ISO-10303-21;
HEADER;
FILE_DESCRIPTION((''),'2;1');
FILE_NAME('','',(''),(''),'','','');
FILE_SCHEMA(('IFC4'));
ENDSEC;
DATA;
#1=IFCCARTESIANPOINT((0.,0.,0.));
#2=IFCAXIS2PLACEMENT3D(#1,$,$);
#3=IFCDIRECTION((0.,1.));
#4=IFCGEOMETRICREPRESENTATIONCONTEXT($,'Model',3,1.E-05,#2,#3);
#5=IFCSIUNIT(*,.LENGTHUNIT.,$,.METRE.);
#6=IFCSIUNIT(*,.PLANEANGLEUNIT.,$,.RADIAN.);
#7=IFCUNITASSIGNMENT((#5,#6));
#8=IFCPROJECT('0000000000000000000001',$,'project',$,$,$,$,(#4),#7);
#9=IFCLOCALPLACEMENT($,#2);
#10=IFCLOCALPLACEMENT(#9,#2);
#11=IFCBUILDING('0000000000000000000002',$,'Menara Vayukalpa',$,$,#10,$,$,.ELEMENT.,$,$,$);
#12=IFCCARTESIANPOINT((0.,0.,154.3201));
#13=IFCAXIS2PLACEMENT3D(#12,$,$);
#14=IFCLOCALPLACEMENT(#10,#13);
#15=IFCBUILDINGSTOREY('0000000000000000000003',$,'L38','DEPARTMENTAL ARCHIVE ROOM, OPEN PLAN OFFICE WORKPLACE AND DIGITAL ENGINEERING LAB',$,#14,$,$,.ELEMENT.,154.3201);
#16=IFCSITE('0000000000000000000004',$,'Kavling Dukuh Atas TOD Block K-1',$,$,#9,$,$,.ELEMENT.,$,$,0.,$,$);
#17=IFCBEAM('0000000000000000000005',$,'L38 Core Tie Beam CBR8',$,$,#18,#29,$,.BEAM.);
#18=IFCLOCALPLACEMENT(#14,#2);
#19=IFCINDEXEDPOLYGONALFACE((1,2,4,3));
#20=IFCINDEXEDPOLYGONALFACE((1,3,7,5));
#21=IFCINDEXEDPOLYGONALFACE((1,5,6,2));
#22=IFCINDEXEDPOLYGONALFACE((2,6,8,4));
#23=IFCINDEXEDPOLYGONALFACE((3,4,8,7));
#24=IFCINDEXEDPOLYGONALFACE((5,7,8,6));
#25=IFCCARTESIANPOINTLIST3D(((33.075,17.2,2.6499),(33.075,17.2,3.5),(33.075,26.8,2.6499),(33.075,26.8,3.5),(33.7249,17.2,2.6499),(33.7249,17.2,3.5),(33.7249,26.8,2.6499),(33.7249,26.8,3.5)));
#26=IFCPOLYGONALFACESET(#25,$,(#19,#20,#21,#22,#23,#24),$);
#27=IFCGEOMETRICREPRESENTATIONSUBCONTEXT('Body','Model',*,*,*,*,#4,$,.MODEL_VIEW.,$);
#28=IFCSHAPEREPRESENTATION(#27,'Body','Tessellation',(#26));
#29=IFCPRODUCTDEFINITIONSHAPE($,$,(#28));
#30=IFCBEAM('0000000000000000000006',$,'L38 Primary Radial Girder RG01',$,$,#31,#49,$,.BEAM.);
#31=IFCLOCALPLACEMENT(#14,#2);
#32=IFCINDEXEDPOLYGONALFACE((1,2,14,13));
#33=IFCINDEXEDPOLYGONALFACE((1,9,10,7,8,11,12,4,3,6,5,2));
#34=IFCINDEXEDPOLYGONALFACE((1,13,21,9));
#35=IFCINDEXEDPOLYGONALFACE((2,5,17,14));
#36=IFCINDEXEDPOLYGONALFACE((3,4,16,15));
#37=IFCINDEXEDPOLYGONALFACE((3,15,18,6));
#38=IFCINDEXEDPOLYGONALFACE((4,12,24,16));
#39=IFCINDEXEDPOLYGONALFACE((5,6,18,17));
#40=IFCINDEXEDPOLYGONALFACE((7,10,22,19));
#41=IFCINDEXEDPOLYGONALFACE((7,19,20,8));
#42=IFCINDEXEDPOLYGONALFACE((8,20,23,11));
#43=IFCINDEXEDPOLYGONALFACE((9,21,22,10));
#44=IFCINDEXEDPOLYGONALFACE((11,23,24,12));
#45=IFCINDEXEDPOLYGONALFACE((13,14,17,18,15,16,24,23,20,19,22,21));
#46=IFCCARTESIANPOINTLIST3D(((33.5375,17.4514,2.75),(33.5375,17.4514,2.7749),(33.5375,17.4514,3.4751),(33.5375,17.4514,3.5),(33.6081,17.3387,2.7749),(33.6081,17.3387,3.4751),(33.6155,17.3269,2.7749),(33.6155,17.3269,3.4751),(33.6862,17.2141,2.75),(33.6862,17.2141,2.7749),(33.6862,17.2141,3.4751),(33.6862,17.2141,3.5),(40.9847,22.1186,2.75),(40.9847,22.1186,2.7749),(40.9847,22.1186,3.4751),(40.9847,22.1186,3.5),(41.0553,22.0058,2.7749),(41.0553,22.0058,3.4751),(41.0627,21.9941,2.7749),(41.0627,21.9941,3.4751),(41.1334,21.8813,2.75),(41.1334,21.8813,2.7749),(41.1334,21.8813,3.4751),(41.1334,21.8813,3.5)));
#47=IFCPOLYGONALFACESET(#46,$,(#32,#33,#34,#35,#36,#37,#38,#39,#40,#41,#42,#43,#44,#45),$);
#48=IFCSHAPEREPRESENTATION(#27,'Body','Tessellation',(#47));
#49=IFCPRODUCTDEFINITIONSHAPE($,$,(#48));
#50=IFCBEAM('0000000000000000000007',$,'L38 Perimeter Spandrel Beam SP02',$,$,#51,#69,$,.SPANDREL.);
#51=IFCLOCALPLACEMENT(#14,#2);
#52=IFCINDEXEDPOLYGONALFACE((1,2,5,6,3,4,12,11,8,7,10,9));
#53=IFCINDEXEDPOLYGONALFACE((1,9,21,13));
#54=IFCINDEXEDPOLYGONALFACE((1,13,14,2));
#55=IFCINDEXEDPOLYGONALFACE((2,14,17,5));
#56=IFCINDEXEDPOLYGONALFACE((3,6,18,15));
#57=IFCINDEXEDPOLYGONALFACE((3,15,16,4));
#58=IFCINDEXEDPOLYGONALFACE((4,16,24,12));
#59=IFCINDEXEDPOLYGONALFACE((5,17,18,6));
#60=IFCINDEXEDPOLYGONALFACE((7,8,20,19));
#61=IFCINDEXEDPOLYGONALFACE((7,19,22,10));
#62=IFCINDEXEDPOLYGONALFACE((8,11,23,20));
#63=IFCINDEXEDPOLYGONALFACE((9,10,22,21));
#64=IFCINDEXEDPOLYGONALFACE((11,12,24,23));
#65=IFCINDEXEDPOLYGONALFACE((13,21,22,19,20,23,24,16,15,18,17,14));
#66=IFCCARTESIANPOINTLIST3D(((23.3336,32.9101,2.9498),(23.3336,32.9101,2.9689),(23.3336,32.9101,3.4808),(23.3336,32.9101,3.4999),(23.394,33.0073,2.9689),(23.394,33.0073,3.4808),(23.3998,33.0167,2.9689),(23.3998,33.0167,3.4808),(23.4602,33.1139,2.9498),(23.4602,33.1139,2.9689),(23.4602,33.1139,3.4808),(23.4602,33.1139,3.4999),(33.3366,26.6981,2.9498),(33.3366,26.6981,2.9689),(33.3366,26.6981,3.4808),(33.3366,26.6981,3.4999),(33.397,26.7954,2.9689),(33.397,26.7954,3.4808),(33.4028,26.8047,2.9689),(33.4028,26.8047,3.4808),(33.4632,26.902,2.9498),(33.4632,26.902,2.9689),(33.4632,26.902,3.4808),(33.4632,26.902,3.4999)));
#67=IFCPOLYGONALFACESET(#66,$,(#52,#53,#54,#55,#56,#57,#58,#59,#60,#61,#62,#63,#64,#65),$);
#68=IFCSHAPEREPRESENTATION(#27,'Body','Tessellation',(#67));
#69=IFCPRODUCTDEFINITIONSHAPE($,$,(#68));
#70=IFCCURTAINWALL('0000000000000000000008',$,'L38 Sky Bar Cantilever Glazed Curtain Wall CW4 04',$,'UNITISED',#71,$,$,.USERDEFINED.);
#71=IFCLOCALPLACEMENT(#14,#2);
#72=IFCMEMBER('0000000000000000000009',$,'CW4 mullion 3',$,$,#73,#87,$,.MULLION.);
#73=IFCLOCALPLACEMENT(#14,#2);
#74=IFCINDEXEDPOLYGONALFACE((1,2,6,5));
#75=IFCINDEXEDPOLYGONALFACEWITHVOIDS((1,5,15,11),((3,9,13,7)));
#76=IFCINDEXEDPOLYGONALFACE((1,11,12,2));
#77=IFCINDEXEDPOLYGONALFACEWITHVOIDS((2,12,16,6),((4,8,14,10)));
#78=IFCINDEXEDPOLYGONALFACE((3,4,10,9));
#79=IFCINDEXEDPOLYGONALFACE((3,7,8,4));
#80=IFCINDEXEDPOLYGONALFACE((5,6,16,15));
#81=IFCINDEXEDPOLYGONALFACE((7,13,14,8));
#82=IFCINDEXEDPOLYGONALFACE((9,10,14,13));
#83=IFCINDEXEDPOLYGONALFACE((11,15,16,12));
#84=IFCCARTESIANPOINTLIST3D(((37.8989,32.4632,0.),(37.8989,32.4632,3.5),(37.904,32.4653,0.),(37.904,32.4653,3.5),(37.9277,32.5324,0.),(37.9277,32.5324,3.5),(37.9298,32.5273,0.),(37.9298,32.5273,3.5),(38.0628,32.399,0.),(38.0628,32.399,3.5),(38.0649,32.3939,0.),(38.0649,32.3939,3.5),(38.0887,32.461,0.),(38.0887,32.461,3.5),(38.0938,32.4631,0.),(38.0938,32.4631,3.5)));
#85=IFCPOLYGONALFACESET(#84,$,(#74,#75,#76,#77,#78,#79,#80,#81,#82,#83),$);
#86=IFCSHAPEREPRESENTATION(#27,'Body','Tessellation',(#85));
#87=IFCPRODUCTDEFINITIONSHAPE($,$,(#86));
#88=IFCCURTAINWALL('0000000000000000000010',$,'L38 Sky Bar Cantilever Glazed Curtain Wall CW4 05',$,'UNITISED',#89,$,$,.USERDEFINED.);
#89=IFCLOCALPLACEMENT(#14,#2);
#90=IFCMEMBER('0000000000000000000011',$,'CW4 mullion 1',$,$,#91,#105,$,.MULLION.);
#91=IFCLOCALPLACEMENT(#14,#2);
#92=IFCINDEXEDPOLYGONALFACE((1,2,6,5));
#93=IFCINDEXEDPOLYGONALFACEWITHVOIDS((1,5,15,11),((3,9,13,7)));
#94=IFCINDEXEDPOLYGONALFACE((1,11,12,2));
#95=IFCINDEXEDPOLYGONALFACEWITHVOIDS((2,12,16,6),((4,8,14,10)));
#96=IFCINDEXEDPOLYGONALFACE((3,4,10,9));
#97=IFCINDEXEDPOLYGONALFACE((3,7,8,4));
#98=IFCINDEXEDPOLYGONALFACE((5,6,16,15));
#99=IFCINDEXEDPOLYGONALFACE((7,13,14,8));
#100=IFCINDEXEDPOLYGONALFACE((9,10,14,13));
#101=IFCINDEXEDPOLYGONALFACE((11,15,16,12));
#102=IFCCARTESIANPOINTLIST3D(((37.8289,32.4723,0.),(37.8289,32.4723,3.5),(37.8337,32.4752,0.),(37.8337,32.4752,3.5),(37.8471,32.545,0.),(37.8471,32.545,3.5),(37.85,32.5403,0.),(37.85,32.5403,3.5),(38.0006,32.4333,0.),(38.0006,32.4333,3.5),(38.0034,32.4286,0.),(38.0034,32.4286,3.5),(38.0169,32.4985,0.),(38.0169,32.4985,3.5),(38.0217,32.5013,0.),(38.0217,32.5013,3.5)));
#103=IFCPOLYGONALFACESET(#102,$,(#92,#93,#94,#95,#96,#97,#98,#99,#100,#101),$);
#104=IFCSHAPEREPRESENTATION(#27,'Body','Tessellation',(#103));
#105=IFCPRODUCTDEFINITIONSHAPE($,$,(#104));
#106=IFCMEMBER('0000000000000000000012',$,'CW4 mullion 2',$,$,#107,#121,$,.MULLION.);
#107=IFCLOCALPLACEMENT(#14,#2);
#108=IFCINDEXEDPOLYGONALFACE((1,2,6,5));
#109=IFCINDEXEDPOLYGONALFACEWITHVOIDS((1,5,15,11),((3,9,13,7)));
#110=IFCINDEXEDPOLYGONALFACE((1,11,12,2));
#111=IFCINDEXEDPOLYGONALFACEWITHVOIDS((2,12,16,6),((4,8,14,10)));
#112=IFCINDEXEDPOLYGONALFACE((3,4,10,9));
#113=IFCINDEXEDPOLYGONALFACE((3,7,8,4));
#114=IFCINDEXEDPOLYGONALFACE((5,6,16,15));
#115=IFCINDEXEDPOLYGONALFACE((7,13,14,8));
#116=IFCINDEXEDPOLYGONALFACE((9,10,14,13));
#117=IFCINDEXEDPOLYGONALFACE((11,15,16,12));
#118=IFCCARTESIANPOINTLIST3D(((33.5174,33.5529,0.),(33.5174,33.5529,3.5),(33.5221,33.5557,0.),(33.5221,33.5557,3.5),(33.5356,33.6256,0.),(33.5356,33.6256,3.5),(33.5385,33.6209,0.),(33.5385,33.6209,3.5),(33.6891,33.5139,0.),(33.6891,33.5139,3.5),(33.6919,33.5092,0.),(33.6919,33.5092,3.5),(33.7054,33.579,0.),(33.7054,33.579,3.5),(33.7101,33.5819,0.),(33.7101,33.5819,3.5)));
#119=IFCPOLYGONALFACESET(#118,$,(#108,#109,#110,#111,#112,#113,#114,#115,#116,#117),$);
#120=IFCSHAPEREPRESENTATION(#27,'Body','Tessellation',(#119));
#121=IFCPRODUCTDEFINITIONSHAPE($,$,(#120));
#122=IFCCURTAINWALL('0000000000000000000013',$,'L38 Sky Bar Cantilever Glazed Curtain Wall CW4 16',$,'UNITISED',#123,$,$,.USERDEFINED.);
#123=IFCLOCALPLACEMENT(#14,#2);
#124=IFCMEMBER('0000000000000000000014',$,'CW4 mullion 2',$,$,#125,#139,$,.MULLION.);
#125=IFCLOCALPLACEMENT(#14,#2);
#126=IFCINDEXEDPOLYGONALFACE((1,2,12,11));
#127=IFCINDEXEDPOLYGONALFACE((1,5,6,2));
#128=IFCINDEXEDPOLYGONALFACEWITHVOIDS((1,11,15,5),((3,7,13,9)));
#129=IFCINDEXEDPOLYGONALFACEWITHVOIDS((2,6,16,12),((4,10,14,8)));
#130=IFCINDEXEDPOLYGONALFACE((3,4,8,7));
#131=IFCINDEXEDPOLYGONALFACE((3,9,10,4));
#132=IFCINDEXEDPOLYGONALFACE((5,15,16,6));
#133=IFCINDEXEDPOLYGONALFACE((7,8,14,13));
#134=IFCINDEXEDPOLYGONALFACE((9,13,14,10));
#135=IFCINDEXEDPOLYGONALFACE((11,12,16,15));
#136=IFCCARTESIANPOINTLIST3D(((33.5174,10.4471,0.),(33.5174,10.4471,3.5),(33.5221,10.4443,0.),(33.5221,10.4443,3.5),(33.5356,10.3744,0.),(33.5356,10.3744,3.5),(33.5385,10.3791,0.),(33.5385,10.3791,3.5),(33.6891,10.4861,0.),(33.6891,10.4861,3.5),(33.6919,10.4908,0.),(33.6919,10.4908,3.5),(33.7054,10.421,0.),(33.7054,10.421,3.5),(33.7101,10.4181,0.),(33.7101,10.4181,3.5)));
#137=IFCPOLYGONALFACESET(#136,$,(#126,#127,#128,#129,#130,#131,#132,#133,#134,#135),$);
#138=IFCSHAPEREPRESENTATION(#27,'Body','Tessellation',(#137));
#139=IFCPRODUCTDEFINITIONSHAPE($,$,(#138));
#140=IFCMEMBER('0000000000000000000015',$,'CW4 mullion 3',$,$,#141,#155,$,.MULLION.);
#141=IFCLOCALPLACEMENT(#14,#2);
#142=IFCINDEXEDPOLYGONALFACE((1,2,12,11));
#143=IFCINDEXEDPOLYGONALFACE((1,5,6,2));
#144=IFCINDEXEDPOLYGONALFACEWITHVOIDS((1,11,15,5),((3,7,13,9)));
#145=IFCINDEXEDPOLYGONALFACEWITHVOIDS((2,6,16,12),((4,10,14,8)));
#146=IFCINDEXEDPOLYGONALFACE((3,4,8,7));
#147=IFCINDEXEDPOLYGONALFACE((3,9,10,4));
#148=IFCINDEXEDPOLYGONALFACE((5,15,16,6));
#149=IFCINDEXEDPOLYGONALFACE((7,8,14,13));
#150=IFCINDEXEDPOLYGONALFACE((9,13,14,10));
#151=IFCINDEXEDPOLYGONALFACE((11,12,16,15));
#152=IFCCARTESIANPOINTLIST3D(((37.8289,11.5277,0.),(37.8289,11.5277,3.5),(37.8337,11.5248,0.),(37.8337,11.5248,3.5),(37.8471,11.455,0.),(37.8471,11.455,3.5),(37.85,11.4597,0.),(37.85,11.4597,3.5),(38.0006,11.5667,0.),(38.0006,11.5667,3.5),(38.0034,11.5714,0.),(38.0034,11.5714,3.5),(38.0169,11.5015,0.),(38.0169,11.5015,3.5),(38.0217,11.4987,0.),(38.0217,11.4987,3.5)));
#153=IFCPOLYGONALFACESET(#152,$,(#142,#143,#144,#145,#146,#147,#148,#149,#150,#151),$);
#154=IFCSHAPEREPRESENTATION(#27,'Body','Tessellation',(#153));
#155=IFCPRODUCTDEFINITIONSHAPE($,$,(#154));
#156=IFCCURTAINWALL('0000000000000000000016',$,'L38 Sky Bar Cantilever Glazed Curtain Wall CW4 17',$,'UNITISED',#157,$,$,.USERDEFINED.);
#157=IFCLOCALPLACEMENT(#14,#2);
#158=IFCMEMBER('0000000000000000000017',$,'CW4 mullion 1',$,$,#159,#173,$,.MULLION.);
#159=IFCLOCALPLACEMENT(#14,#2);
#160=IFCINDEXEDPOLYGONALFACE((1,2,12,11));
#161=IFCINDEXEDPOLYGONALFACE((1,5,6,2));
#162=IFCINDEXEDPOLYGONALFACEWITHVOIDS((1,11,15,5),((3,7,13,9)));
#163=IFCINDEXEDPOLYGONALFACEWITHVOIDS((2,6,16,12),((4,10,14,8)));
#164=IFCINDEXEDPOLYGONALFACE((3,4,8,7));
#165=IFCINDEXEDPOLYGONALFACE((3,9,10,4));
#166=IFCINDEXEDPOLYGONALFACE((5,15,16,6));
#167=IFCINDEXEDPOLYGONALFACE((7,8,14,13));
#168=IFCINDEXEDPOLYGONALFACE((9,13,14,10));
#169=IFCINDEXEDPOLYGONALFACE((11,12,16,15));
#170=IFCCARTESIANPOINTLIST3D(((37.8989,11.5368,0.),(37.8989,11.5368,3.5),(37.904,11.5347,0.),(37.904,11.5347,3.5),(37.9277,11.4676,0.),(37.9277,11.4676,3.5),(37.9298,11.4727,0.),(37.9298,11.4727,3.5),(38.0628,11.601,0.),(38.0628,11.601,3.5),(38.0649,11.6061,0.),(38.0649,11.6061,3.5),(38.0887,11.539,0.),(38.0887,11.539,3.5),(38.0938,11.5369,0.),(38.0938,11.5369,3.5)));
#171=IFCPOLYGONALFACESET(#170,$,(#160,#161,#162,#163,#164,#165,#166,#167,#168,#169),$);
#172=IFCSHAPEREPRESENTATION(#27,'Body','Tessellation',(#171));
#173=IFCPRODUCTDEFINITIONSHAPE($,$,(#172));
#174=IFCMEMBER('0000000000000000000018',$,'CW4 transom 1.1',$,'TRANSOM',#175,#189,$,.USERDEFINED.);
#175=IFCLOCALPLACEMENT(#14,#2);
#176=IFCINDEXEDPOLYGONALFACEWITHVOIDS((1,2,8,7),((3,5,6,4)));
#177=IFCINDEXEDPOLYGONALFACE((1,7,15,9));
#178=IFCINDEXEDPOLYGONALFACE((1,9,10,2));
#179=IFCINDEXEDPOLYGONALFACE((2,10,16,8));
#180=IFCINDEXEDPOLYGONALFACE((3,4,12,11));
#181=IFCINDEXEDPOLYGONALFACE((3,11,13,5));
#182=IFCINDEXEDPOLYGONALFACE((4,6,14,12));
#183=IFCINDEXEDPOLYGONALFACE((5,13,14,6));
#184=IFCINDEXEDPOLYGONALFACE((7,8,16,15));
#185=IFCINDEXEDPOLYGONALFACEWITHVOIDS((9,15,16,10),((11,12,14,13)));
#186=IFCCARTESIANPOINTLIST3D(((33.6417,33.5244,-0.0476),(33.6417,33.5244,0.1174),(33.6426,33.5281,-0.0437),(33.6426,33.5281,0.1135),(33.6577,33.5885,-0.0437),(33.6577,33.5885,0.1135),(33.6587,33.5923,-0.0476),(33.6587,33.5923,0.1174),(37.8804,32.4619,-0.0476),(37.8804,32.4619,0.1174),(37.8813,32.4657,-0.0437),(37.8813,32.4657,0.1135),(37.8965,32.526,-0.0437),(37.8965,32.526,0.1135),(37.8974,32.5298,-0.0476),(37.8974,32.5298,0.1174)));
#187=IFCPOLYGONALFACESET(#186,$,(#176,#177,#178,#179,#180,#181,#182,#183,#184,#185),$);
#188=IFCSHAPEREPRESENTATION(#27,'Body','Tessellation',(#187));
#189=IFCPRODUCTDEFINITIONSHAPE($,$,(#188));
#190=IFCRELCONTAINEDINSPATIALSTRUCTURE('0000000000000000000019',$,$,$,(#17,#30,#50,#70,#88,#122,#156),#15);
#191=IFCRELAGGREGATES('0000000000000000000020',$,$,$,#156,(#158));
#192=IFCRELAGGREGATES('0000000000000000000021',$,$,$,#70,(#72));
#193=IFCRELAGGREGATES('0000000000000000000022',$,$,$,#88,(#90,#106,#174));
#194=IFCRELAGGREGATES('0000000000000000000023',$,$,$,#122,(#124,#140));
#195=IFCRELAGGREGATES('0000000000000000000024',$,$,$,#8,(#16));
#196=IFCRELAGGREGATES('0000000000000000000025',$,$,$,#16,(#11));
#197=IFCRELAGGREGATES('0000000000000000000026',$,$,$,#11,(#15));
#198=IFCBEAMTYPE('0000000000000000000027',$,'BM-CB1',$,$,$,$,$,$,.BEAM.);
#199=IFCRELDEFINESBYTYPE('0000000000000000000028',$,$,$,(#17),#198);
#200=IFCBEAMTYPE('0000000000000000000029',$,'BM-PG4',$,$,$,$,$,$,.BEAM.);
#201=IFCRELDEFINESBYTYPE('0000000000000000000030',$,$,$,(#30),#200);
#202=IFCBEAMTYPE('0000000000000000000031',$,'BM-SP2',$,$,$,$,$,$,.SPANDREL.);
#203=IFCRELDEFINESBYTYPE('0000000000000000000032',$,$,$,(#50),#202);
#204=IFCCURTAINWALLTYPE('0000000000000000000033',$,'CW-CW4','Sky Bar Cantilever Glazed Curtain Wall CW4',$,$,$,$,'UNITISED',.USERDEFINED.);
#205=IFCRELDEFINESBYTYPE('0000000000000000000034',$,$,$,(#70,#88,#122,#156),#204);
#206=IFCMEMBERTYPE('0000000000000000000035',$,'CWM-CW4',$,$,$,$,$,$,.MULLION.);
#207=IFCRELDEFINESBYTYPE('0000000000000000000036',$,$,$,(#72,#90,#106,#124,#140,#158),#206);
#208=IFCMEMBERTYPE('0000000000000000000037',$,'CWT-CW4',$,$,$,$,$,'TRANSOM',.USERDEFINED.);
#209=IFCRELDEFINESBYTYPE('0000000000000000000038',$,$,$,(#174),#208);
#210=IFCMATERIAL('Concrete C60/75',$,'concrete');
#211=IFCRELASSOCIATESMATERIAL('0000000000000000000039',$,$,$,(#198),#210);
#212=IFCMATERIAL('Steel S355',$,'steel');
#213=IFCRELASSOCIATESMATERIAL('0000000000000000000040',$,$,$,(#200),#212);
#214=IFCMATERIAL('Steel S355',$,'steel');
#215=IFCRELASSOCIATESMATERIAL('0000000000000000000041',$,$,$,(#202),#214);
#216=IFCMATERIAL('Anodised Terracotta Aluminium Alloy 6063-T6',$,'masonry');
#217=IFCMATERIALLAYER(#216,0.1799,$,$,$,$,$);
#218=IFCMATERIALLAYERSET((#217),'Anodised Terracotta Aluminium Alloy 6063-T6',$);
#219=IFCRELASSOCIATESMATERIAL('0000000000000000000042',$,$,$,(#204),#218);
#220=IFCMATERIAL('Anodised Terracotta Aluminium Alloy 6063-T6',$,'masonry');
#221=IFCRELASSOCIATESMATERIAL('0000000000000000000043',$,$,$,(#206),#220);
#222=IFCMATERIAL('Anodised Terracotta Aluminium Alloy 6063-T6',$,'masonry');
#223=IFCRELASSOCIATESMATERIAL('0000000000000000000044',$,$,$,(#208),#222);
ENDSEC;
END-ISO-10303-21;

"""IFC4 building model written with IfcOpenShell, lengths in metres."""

from ifc_helpers import new_model, si_unit, direction, frame, origin, origin_2d, place, context, subcontext, project, spatial, rectangle, hollow_rectangle, i_section, extrude, material, layer, layer_set, material_profile, profile_set, type_object, element, aggregate, save


model = new_model("IFC4")

# Units and contexts
model_context = context("Model", 3, precision=1e-05, world=origin(), true_north=direction((0.0, 1.0)))
body_context = subcontext(model_context, "Body", "Model", "MODEL_VIEW")
ifc_project = project(units=[si_unit("LENGTHUNIT", "METRE"), si_unit("PLANEANGLEUNIT", "RADIAN")], contexts=[model_context])

# Site, building, storey
site_placement = place(None, origin())
site = spatial("IfcSite", under=ifc_project, at=site_placement, Name="Kavling Dukuh Atas TOD Block K-1", CompositionType="ELEMENT", RefElevation=0.0)
building_placement = place(site_placement, origin())
building = spatial("IfcBuilding", under=site, at=building_placement, Name="Menara Vayukalpa", CompositionType="ELEMENT")
storey_placement = place(building_placement, frame((0.0, 0.0, 154.3201)))
storey = spatial("IfcBuildingStorey", under=building, at=storey_placement, Name="L38", Description="DEPARTMENTAL ARCHIVE ROOM, OPEN PLAN OFFICE WORKPLACE AND DIGITAL ENGINEERING LAB", CompositionType="ELEMENT", Elevation=154.3201)

# Beams
ifc_material_1 = material(Name="Concrete C60/75", Category="concrete")
ifc_material_profile_1 = material_profile(ifc_material_1, rectangle(XDim=0.6499, YDim=0.8501, at=origin_2d()), Name="RC 650x850")
ifc_profile_set_1 = profile_set([ifc_material_profile_1], Name="Concrete C60/75")
beam_type_1 = type_object("IfcBeamType", Name="BM-CB1", PredefinedType="BEAM", material=ifc_profile_set_1)
beam_1_placement = place(storey_placement, frame((33.3999, 17.2, 3.075), z_axis=(0.0, 1.0, 0.0), x_axis=(-1.0, 0.0, 0.0)))
element("IfcBeam", 1, at=beam_1_placement, inside=storey, type_object=beam_type_1, Name="L38 Core Tie Beam CBR8", PredefinedType="BEAM", context=body_context, shape_type="SweptSolid", body=[
    extrude(rectangle(XDim=0.6499, YDim=0.8501, at=origin_2d()), origin(), (0.0, 0.0, 1.0), 9.6001),
])
ifc_material_2 = material(Name="Steel S355", Category="steel")
ifc_material_profile_2 = material_profile(ifc_material_2, i_section(OverallWidth=0.28, OverallDepth=0.75, WebThickness=0.0139, FlangeThickness=0.0249, at=origin_2d()), Name="WF 750x280x14x25")
ifc_profile_set_2 = profile_set([ifc_material_profile_2], Name="Steel S355")
beam_type_2 = type_object("IfcBeamType", Name="BM-PG4", PredefinedType="BEAM", material=ifc_profile_set_2)
beam_2_placement = place(storey_placement, frame((33.6118, 17.3328, 3.125), z_axis=(0.847348, 0.531037, 0.0), x_axis=(-0.531037, 0.847348, 0.0)))
element("IfcBeam", 2, at=beam_2_placement, inside=storey, type_object=beam_type_2, Name="L38 Primary Radial Girder RG01", PredefinedType="BEAM", context=body_context, shape_type="SweptSolid", body=[
    extrude(i_section(OverallWidth=0.28, OverallDepth=0.75, WebThickness=0.0139, FlangeThickness=0.0249, at=origin_2d()), origin(), (0.0, 0.0, 1.0), 8.7888),
])
ifc_material_3 = material(Name="Steel S355", Category="steel")
ifc_material_profile_3 = material_profile(ifc_material_3, i_section(OverallWidth=0.24, OverallDepth=0.55, WebThickness=0.011, FlangeThickness=0.019, at=origin_2d()), Name="WF 550x240x11x19")
ifc_profile_set_3 = profile_set([ifc_material_profile_3], Name="Steel S355")
beam_type_3 = type_object("IfcBeamType", Name="BM-SP2", PredefinedType="SPANDREL", material=ifc_profile_set_3)
beam_3_placement = place(storey_placement, frame((33.3999, 26.8, 3.2249), z_axis=(-0.849518, 0.527559, 0.0), x_axis=(-0.527559, -0.849518, 0.0)))
element("IfcBeam", 3, at=beam_3_placement, inside=storey, type_object=beam_type_3, Name="L38 Perimeter Spandrel Beam SP02", PredefinedType="SPANDREL", context=body_context, shape_type="SweptSolid", body=[
    extrude(i_section(OverallWidth=0.24, OverallDepth=0.55, WebThickness=0.011, FlangeThickness=0.019, at=origin_2d()), origin(), (0.0, 0.0, 1.0), 11.7749),
])

# Curtain wall, member
ifc_material_4 = material(Name="Anodised Terracotta Aluminium Alloy 6063-T6", Category="masonry")
ifc_layer_1 = layer(ifc_material_4, 0.1799)
ifc_layer_set_1 = layer_set([ifc_layer_1], Name="Anodised Terracotta Aluminium Alloy 6063-T6")
curtain_wall_type = type_object("IfcCurtainWallType", Name="CW-CW4", Description="Sky Bar Cantilever Glazed Curtain Wall CW4", ElementType="UNITISED", PredefinedType="USERDEFINED", material=ifc_layer_set_1)
curtain_wall_1_placement = place(storey_placement, origin())
curtain_wall_1 = element("IfcCurtainWall", 4, at=curtain_wall_1_placement, inside=storey, type_object=curtain_wall_type, Name="L38 Sky Bar Cantilever Glazed Curtain Wall CW4 04", ObjectType="UNITISED", PredefinedType="USERDEFINED")
ifc_material_5 = material(Name="Anodised Terracotta Aluminium Alloy 6063-T6", Category="masonry")
ifc_material_profile_4 = material_profile(ifc_material_5, hollow_rectangle(XDim=0.075, YDim=0.1799, WallThickness=0.0039, at=origin_2d()), Name="ALU 75x180x4")
ifc_profile_set_4 = profile_set([ifc_material_profile_4], Name="Anodised Terracotta Aluminium Alloy 6063-T6")
member_type_1 = type_object("IfcMemberType", Name="CWM-CW4", PredefinedType="MULLION", material=ifc_profile_set_4)
member_1_placement = place(storey_placement, frame((37.9963, 32.4631, 0.0), z_axis=(0.0, 0.0, 1.0), x_axis=(-0.385091, -0.922878, 0.0)))
member_1 = element("IfcMember", 5, at=member_1_placement, type_object=member_type_1, Name="CW4 mullion 3", PredefinedType="MULLION", context=body_context, shape_type="SweptSolid", body=[
    extrude(hollow_rectangle(XDim=0.075, YDim=0.1799, WallThickness=0.0039, at=origin_2d()), origin(), (0.0, 0.0, 1.0), 3.5),
])

# Curtain walls, members
curtain_wall_2_placement = place(storey_placement, origin())
curtain_wall_2 = element("IfcCurtainWall", 6, at=curtain_wall_2_placement, inside=storey, type_object=curtain_wall_type, Name="L38 Sky Bar Cantilever Glazed Curtain Wall CW4 05", ObjectType="UNITISED", PredefinedType="USERDEFINED")
member_2_placement = place(storey_placement, frame((37.9253, 32.4868, 0.0), z_axis=(0.0, 0.0, 1.0), x_axis=(-0.243113, -0.969998, 0.0)))
member_2 = element("IfcMember", 7, at=member_2_placement, type_object=member_type_1, Name="CW4 mullion 1", PredefinedType="MULLION", context=body_context, shape_type="SweptSolid", body=[
    extrude(hollow_rectangle(XDim=0.075, YDim=0.1799, WallThickness=0.0039, at=origin_2d()), origin(), (0.0, 0.0, 1.0), 3.5),
])
member_3_placement = place(storey_placement, frame((33.6138, 33.5674, 0.0), z_axis=(0.0, 0.0, 1.0), x_axis=(-0.243113, -0.969998, 0.0)))
member_3 = element("IfcMember", 8, at=member_3_placement, type_object=member_type_1, Name="CW4 mullion 2", PredefinedType="MULLION", context=body_context, shape_type="SweptSolid", body=[
    extrude(hollow_rectangle(XDim=0.075, YDim=0.1799, WallThickness=0.0039, at=origin_2d()), origin(), (0.0, 0.0, 1.0), 3.5),
])
curtain_wall_3_placement = place(storey_placement, origin())
curtain_wall_3 = element("IfcCurtainWall", 9, at=curtain_wall_3_placement, inside=storey, type_object=curtain_wall_type, Name="L38 Sky Bar Cantilever Glazed Curtain Wall CW4 16", ObjectType="UNITISED", PredefinedType="USERDEFINED")
member_4_placement = place(storey_placement, frame((33.6138, 10.4326, 0.0), z_axis=(0.0, 0.0, 1.0), x_axis=(-0.243113, 0.969998, 0.0)))
member_4 = element("IfcMember", 10, at=member_4_placement, type_object=member_type_1, Name="CW4 mullion 2", PredefinedType="MULLION", context=body_context, shape_type="SweptSolid", body=[
    extrude(hollow_rectangle(XDim=0.075, YDim=0.1799, WallThickness=0.0039, at=origin_2d()), origin(), (0.0, 0.0, 1.0), 3.5),
])
member_5_placement = place(storey_placement, frame((37.9253, 11.5132, 0.0), z_axis=(0.0, 0.0, 1.0), x_axis=(-0.243113, 0.969998, 0.0)))
member_5 = element("IfcMember", 11, at=member_5_placement, type_object=member_type_1, Name="CW4 mullion 3", PredefinedType="MULLION", context=body_context, shape_type="SweptSolid", body=[
    extrude(hollow_rectangle(XDim=0.075, YDim=0.1799, WallThickness=0.0039, at=origin_2d()), origin(), (0.0, 0.0, 1.0), 3.5),
])

# Curtain wall, member
curtain_wall_4_placement = place(storey_placement, origin())
curtain_wall_4 = element("IfcCurtainWall", 12, at=curtain_wall_4_placement, inside=storey, type_object=curtain_wall_type, Name="L38 Sky Bar Cantilever Glazed Curtain Wall CW4 17", ObjectType="UNITISED", PredefinedType="USERDEFINED")
member_6_placement = place(storey_placement, frame((37.9963, 11.5369, 0.0), z_axis=(0.0, 0.0, 1.0), x_axis=(-0.385091, 0.922878, 0.0)))
member_6 = element("IfcMember", 13, at=member_6_placement, type_object=member_type_1, Name="CW4 mullion 1", PredefinedType="MULLION", context=body_context, shape_type="SweptSolid", body=[
    extrude(hollow_rectangle(XDim=0.075, YDim=0.1799, WallThickness=0.0039, at=origin_2d()), origin(), (0.0, 0.0, 1.0), 3.5),
])

# Member
ifc_material_6 = material(Name="Anodised Terracotta Aluminium Alloy 6063-T6", Category="masonry")
ifc_material_profile_5 = material_profile(ifc_material_6, hollow_rectangle(XDim=0.0701, YDim=0.165, WallThickness=0.0039, at=origin_2d()), Name="ALU 70x165x4")
ifc_profile_set_5 = profile_set([ifc_material_profile_5], Name="Anodised Terracotta Aluminium Alloy 6063-T6")
member_type_2 = type_object("IfcMemberType", Name="CWT-CW4", ElementType="TRANSOM", PredefinedType="USERDEFINED", material=ifc_profile_set_5)
member_7_placement = place(storey_placement, frame((37.8889, 32.4958, 0.0349), z_axis=(-0.969991, 0.24314, 0.0), x_axis=(-0.24314, -0.969991, 0.0)))
member_7 = element("IfcMember", 14, at=member_7_placement, type_object=member_type_2, Name="CW4 transom 1.1", ObjectType="TRANSOM", PredefinedType="USERDEFINED", context=body_context, shape_type="SweptSolid", body=[
    extrude(hollow_rectangle(XDim=0.0701, YDim=0.165, WallThickness=0.0039, at=origin_2d()), origin(), (0.0, 0.0, 1.0), 4.3699),
])
aggregate(curtain_wall_4, [member_6])

aggregate(curtain_wall_1, [member_1])
aggregate(curtain_wall_2, [member_2, member_3, member_7])
aggregate(curtain_wall_3, [member_4, member_5])

save(model, "model.ifc")
